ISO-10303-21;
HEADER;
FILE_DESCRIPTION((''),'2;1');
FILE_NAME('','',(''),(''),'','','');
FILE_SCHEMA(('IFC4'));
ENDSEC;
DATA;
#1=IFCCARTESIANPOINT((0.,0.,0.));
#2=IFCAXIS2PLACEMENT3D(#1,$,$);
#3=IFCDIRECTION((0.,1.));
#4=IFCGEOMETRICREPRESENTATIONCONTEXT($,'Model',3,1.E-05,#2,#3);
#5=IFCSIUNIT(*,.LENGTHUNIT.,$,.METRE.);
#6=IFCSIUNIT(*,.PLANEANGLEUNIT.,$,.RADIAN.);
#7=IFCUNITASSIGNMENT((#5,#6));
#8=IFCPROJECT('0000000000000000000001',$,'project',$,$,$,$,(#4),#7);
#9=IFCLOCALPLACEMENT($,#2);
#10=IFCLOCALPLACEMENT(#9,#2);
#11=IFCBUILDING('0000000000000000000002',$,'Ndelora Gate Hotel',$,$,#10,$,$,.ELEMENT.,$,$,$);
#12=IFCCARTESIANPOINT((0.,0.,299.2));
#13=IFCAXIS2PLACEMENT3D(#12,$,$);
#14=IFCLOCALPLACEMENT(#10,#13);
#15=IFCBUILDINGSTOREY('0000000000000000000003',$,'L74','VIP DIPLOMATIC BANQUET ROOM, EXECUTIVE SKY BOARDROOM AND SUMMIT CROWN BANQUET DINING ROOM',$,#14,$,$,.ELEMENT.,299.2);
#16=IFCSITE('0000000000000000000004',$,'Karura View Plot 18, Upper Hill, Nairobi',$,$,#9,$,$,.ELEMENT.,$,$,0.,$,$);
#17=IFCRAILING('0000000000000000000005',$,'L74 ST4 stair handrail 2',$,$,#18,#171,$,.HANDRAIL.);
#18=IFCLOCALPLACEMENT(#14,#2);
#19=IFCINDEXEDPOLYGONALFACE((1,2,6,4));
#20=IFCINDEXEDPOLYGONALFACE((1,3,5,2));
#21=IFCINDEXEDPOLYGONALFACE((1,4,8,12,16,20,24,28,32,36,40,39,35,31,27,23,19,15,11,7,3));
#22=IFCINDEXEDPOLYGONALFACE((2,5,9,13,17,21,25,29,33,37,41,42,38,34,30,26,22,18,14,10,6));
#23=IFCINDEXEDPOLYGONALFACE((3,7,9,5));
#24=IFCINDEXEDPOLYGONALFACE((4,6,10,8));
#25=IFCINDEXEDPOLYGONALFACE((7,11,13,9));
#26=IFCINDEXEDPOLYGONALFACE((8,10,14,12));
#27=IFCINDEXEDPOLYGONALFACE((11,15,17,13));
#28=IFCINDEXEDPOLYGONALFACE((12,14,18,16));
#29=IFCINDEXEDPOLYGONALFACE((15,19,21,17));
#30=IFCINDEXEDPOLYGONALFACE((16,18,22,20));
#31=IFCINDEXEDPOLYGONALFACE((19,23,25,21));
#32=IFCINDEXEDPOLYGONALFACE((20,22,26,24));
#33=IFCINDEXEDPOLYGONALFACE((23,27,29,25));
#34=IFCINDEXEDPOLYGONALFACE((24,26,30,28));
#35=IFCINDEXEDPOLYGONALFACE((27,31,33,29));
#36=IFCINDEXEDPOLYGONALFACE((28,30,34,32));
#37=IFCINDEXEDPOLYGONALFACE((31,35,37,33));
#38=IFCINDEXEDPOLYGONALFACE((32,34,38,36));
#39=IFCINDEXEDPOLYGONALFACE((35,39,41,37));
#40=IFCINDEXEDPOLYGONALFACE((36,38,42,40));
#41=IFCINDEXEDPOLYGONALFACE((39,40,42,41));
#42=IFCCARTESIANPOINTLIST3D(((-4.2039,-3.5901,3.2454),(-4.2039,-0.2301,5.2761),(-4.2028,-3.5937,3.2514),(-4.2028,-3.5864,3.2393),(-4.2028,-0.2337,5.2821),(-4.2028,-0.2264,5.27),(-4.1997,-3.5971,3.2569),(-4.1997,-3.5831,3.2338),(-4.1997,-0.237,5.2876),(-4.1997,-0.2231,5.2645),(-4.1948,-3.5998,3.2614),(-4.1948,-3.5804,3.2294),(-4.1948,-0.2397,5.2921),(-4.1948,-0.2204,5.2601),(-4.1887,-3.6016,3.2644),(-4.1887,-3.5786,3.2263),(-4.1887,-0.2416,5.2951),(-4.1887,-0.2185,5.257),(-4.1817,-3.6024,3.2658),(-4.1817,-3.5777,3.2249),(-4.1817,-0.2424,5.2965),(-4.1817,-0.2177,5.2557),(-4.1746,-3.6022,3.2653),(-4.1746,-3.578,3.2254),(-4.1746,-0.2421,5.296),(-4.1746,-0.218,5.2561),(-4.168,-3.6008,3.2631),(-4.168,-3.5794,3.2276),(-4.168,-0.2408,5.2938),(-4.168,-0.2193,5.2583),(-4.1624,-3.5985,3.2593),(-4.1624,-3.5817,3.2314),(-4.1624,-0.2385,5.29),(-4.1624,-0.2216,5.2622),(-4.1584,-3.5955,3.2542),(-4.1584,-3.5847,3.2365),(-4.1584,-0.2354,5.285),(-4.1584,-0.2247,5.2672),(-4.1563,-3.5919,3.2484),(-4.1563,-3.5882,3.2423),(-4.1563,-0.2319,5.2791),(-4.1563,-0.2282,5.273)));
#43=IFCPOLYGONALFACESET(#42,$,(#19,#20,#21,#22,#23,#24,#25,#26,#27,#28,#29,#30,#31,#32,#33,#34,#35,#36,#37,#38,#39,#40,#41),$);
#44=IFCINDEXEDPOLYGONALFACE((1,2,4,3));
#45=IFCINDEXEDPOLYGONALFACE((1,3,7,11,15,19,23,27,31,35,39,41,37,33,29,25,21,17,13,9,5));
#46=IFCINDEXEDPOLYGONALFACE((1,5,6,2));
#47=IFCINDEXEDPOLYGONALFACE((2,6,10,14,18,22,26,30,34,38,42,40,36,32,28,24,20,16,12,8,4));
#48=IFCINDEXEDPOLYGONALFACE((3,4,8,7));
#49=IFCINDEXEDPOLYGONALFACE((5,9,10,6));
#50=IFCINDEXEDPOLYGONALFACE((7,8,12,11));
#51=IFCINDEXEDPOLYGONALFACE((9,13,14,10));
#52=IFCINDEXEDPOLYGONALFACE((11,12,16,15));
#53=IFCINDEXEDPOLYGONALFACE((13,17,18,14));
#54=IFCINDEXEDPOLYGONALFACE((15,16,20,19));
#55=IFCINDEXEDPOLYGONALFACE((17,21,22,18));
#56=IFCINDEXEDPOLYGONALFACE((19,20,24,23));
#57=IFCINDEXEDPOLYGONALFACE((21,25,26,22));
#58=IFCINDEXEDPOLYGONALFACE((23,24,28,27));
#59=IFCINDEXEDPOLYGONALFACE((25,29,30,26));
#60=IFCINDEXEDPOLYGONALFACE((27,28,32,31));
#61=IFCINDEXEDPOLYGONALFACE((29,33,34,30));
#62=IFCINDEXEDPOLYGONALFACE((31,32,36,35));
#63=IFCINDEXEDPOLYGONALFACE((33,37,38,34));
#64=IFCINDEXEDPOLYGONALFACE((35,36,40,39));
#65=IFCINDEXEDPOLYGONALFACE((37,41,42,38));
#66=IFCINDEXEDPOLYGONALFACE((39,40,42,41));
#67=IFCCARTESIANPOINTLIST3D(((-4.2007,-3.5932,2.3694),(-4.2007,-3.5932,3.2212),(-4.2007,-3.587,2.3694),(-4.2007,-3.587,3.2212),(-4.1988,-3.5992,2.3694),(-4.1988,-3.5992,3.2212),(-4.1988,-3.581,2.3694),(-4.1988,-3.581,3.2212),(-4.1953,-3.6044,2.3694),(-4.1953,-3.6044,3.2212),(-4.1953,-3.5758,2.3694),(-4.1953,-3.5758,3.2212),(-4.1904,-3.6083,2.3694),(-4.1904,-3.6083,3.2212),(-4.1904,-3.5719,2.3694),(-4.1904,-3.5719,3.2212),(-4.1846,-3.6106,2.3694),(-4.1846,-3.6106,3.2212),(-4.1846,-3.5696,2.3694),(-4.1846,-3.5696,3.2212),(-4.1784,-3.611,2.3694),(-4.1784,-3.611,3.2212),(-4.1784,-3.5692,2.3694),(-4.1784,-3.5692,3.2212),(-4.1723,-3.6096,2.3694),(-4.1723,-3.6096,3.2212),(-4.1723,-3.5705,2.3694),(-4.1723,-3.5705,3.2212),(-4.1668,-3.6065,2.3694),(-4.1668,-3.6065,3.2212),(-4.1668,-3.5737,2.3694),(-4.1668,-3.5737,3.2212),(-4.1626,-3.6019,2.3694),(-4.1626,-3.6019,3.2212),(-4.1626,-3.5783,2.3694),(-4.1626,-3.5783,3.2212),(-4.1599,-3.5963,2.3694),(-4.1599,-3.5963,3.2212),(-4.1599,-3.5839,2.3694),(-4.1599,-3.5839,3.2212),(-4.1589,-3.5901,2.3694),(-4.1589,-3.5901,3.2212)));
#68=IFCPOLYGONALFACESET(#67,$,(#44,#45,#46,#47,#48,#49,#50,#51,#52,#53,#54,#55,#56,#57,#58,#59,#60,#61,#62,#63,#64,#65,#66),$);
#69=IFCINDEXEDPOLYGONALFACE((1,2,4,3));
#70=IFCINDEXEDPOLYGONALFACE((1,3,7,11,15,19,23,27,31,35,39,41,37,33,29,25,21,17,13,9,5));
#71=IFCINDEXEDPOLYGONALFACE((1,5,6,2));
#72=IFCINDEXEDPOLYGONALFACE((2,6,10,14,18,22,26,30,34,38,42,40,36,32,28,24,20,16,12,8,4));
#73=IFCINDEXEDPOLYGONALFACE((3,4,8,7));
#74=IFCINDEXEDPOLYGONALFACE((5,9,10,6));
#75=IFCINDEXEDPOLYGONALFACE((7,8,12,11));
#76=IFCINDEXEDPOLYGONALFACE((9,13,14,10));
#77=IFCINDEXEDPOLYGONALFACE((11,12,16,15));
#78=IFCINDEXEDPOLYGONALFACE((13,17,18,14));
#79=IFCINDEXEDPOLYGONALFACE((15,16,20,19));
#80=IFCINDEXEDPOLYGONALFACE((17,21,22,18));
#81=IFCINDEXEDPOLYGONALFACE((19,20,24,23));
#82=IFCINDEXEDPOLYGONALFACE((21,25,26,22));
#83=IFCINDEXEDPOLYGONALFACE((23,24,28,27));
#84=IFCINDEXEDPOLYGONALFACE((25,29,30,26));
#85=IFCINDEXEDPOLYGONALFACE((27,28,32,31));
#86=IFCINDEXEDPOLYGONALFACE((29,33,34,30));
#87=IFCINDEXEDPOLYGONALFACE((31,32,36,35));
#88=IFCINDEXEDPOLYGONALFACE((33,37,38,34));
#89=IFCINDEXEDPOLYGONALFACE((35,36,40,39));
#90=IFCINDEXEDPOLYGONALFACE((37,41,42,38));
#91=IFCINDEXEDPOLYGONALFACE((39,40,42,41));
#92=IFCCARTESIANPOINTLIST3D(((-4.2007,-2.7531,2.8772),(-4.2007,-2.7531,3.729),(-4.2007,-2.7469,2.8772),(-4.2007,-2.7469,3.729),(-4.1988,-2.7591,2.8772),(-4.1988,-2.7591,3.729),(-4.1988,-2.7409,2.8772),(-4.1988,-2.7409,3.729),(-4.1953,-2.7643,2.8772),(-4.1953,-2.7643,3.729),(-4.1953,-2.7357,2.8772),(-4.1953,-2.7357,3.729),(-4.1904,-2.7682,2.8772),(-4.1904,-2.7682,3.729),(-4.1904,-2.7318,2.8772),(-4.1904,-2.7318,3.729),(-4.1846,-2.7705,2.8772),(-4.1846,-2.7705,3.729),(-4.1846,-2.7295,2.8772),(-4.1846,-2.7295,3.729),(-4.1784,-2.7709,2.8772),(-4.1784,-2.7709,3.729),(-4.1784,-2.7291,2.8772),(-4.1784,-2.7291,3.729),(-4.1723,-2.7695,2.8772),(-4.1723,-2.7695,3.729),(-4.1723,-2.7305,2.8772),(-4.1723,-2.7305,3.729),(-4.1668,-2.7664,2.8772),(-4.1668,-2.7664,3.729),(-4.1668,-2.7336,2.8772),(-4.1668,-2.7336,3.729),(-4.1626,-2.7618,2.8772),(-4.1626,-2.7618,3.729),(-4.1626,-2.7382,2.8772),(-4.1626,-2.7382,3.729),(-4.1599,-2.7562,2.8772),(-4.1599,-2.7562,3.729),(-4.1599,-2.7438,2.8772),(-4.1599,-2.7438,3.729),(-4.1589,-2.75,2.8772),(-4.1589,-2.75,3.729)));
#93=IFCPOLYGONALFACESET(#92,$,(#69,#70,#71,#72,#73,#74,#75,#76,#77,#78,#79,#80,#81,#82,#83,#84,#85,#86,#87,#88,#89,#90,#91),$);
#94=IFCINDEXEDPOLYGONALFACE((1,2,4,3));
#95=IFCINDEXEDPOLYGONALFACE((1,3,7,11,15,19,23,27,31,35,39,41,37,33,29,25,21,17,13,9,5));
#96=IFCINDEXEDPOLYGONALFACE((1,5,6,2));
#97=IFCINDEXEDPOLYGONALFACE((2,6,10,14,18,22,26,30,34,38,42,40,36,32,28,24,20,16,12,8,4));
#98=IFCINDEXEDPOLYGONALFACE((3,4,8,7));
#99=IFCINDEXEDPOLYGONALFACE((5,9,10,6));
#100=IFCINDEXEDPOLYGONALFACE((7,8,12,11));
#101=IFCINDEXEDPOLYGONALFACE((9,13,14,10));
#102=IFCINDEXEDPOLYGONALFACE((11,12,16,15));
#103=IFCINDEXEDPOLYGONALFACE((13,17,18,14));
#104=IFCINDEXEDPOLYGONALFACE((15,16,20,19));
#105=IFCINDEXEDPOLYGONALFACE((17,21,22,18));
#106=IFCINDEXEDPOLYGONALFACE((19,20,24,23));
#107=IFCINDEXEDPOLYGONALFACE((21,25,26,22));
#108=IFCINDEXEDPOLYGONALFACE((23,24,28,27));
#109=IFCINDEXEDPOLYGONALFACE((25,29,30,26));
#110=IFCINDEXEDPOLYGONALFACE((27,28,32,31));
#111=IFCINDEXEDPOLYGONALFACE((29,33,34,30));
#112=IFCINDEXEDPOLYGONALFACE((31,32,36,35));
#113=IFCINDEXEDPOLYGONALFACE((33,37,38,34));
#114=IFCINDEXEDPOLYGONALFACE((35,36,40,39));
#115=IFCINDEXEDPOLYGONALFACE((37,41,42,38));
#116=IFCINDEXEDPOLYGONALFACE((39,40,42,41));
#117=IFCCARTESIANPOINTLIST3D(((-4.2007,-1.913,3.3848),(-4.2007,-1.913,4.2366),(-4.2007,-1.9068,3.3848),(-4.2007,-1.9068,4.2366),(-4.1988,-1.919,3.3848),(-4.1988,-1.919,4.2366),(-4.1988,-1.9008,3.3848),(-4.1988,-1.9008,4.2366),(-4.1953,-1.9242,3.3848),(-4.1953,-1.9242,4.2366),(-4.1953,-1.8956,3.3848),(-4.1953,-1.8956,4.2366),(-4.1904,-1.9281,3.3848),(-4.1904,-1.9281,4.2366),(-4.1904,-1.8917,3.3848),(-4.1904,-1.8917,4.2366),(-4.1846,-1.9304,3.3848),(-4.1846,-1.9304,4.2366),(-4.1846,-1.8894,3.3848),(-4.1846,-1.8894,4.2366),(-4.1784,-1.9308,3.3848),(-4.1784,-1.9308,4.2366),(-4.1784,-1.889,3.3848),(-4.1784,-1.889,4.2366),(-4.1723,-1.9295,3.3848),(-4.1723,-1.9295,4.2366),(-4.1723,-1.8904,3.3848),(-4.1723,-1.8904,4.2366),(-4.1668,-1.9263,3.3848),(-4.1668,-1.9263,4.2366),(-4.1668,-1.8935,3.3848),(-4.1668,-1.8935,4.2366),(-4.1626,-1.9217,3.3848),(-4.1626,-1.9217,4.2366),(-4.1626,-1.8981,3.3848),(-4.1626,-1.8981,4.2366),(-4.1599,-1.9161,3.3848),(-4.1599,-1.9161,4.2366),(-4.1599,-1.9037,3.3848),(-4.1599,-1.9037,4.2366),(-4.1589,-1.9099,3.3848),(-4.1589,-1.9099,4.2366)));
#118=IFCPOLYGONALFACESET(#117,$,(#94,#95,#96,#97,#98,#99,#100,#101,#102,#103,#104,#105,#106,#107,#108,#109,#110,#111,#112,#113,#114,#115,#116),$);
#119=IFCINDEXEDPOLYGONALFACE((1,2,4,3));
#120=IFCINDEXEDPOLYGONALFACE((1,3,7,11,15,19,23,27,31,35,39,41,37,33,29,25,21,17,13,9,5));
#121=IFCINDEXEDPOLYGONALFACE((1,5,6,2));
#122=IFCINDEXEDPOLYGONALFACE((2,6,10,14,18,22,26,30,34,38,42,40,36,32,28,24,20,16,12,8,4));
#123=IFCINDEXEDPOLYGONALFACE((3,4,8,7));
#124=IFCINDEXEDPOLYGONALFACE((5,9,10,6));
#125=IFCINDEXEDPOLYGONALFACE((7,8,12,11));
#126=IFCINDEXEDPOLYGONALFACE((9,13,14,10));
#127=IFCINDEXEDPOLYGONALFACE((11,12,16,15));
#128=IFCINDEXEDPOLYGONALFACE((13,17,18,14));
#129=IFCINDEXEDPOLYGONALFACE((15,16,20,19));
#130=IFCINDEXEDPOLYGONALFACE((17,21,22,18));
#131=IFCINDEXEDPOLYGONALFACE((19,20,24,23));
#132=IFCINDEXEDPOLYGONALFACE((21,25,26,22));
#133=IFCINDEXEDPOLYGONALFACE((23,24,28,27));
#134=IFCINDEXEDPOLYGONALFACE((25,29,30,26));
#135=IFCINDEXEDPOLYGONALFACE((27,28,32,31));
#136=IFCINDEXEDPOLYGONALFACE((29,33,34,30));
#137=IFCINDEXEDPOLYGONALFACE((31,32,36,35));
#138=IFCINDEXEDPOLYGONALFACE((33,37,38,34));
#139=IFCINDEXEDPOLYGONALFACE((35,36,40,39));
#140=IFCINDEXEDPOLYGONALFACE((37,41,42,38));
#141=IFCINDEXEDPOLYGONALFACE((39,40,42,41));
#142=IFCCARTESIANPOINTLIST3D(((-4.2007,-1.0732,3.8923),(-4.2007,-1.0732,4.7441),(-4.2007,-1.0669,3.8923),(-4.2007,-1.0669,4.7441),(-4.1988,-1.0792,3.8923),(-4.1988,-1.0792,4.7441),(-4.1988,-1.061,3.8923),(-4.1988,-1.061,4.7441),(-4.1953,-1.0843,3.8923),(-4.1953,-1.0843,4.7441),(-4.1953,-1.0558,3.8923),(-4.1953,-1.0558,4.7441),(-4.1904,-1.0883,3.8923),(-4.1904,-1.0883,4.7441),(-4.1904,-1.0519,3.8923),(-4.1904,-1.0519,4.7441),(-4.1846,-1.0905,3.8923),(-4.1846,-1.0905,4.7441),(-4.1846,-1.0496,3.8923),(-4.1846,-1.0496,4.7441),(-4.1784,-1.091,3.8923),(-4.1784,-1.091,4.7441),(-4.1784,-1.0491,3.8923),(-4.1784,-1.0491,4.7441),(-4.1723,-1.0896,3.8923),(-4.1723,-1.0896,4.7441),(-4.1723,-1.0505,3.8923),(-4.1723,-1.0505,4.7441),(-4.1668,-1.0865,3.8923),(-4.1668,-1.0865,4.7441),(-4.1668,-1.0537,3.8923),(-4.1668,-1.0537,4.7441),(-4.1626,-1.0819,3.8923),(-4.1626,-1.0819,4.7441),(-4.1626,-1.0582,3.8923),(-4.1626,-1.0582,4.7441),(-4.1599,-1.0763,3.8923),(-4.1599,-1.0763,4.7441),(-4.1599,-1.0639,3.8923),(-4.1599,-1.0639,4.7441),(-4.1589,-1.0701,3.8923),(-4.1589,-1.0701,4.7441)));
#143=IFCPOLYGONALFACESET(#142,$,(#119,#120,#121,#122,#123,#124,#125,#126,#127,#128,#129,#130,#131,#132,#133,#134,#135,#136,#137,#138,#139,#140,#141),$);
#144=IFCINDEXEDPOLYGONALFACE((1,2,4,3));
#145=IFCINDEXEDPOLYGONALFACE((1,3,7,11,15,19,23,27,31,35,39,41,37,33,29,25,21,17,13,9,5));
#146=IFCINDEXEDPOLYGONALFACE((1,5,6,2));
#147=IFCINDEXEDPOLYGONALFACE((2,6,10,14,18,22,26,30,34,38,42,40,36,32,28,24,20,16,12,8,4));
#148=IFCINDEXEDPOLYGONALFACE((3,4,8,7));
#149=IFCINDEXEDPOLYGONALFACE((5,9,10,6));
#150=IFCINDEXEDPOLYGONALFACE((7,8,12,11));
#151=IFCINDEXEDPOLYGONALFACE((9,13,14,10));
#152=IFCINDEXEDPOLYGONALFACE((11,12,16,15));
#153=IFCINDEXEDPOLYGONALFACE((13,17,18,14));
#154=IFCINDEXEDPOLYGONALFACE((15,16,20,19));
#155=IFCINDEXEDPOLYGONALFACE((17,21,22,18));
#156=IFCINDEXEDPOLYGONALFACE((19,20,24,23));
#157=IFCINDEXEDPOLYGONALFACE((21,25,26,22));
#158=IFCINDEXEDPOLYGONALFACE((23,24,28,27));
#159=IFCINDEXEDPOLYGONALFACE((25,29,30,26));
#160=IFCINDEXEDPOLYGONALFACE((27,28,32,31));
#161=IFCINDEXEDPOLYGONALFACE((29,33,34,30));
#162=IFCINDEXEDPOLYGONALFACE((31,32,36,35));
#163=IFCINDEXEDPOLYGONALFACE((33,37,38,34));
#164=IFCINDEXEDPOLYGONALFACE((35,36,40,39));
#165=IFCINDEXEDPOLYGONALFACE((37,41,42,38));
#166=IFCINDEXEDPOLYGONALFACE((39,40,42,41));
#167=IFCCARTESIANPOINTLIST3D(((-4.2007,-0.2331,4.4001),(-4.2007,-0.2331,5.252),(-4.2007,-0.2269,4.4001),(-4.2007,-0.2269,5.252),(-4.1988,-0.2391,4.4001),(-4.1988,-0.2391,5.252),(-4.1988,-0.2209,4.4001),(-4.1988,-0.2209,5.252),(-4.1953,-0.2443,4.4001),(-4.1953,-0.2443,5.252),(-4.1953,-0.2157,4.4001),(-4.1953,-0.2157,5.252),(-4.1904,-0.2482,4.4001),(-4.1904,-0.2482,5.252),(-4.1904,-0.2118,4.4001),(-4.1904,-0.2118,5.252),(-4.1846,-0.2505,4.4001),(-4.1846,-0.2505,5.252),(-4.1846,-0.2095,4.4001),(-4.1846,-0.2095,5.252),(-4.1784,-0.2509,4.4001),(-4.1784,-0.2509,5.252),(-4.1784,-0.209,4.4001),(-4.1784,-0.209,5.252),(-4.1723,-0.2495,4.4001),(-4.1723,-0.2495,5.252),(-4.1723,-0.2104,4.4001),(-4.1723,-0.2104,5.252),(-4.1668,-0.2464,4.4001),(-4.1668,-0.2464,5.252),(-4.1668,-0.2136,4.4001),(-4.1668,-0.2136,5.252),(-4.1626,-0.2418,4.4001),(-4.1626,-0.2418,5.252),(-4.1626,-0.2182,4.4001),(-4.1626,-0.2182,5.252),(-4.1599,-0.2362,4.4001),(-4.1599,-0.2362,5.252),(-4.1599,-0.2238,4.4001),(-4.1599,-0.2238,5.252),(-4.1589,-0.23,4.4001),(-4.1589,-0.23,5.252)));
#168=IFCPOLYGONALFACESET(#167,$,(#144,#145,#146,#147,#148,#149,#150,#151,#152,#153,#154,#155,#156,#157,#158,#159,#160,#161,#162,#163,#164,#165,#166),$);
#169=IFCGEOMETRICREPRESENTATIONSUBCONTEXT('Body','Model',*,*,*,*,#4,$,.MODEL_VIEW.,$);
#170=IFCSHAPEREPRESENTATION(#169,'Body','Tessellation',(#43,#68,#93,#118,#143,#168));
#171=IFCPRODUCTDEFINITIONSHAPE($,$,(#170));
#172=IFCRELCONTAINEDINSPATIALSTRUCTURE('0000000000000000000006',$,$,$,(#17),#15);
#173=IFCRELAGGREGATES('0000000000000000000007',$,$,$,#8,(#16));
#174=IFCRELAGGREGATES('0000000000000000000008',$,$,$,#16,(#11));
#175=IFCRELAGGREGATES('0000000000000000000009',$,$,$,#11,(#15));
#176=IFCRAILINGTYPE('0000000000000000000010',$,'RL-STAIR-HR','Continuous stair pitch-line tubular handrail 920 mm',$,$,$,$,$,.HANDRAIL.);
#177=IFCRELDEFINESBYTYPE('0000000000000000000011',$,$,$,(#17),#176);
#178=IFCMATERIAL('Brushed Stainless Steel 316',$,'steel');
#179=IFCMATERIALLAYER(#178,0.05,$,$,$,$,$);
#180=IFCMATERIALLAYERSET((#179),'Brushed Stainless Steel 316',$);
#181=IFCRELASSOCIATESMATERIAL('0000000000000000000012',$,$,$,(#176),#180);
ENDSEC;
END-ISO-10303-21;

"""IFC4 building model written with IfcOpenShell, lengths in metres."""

from ifc_helpers import new_model, si_unit, direction, frame, origin, origin_2d, place, context, subcontext, project, spatial, circle, extrude, material, layer, layer_set, type_object, element, save


model = new_model("IFC4")

# Units and contexts
model_context = context("Model", 3, precision=1e-05, world=origin(), true_north=direction((0.0, 1.0)))
body_context = subcontext(model_context, "Body", "Model", "MODEL_VIEW")
ifc_project = project(units=[si_unit("LENGTHUNIT", "METRE"), si_unit("PLANEANGLEUNIT", "RADIAN")], contexts=[model_context])

# Site, building, storey
site_placement = place(None, origin())
site = spatial("IfcSite", under=ifc_project, at=site_placement, Name="Karura View Plot 18, Upper Hill, Nairobi", CompositionType="ELEMENT", RefElevation=0.0)
building_placement = place(site_placement, origin())
building = spatial("IfcBuilding", under=site, at=building_placement, Name="Ndelora Gate Hotel", CompositionType="ELEMENT")
storey_placement = place(building_placement, frame((0.0, 0.0, 299.2)))
storey = spatial("IfcBuildingStorey", under=building, at=storey_placement, Name="L74", Description="VIP DIPLOMATIC BANQUET ROOM, EXECUTIVE SKY BOARDROOM AND SUMMIT CROWN BANQUET DINING ROOM", CompositionType="ELEMENT", Elevation=299.2)

# Railing
ifc_material_1 = material(Name="Brushed Stainless Steel 316", Category="steel")
ifc_layer_1 = layer(ifc_material_1, 0.05)
ifc_layer_set_1 = layer_set([ifc_layer_1], Name="Brushed Stainless Steel 316")
railing_type_1 = type_object("IfcRailingType", Name="RL-STAIR-HR", Description="Continuous stair pitch-line tubular handrail 920 mm", PredefinedType="HANDRAIL", material=ifc_layer_set_1)
railing_1_placement = place(storey_placement, frame((-4.1799, -3.5901, 2.3694)))
element("IfcRailing", 1, at=railing_1_placement, inside=storey, type_object=railing_type_1, Name="L74 ST4 stair handrail 2", PredefinedType="HANDRAIL", context=body_context, shape_type="SweptSolid", body=[
    extrude(circle(Radius=0.0239, at=origin_2d()), frame((0.0, 0.0, 0.876), z_axis=(0.0, 0.855837, 0.517246), x_axis=(-1.0, 0.0, 0.0)), (0.0, 0.0, 1.0), 3.926),
    extrude(circle(Radius=0.021, at=origin_2d()), origin(), (0.0, 0.0, 1.0), 0.8518),
    extrude(circle(Radius=0.021, at=origin_2d()), frame((0.0, 0.8401, 0.5078)), (0.0, 0.0, 1.0), 0.8518),
    extrude(circle(Radius=0.021, at=origin_2d()), frame((0.0, 1.6802, 1.0154)), (0.0, 0.0, 1.0), 0.8518),
    extrude(circle(Radius=0.021, at=origin_2d()), frame((0.0, 2.52, 1.5229)), (0.0, 0.0, 1.0), 0.8518),
    extrude(circle(Radius=0.021, at=origin_2d()), frame((0.0, 3.3601, 2.0308)), (0.0, 0.0, 1.0), 0.8518),
])

save(model, "model.ifc")
